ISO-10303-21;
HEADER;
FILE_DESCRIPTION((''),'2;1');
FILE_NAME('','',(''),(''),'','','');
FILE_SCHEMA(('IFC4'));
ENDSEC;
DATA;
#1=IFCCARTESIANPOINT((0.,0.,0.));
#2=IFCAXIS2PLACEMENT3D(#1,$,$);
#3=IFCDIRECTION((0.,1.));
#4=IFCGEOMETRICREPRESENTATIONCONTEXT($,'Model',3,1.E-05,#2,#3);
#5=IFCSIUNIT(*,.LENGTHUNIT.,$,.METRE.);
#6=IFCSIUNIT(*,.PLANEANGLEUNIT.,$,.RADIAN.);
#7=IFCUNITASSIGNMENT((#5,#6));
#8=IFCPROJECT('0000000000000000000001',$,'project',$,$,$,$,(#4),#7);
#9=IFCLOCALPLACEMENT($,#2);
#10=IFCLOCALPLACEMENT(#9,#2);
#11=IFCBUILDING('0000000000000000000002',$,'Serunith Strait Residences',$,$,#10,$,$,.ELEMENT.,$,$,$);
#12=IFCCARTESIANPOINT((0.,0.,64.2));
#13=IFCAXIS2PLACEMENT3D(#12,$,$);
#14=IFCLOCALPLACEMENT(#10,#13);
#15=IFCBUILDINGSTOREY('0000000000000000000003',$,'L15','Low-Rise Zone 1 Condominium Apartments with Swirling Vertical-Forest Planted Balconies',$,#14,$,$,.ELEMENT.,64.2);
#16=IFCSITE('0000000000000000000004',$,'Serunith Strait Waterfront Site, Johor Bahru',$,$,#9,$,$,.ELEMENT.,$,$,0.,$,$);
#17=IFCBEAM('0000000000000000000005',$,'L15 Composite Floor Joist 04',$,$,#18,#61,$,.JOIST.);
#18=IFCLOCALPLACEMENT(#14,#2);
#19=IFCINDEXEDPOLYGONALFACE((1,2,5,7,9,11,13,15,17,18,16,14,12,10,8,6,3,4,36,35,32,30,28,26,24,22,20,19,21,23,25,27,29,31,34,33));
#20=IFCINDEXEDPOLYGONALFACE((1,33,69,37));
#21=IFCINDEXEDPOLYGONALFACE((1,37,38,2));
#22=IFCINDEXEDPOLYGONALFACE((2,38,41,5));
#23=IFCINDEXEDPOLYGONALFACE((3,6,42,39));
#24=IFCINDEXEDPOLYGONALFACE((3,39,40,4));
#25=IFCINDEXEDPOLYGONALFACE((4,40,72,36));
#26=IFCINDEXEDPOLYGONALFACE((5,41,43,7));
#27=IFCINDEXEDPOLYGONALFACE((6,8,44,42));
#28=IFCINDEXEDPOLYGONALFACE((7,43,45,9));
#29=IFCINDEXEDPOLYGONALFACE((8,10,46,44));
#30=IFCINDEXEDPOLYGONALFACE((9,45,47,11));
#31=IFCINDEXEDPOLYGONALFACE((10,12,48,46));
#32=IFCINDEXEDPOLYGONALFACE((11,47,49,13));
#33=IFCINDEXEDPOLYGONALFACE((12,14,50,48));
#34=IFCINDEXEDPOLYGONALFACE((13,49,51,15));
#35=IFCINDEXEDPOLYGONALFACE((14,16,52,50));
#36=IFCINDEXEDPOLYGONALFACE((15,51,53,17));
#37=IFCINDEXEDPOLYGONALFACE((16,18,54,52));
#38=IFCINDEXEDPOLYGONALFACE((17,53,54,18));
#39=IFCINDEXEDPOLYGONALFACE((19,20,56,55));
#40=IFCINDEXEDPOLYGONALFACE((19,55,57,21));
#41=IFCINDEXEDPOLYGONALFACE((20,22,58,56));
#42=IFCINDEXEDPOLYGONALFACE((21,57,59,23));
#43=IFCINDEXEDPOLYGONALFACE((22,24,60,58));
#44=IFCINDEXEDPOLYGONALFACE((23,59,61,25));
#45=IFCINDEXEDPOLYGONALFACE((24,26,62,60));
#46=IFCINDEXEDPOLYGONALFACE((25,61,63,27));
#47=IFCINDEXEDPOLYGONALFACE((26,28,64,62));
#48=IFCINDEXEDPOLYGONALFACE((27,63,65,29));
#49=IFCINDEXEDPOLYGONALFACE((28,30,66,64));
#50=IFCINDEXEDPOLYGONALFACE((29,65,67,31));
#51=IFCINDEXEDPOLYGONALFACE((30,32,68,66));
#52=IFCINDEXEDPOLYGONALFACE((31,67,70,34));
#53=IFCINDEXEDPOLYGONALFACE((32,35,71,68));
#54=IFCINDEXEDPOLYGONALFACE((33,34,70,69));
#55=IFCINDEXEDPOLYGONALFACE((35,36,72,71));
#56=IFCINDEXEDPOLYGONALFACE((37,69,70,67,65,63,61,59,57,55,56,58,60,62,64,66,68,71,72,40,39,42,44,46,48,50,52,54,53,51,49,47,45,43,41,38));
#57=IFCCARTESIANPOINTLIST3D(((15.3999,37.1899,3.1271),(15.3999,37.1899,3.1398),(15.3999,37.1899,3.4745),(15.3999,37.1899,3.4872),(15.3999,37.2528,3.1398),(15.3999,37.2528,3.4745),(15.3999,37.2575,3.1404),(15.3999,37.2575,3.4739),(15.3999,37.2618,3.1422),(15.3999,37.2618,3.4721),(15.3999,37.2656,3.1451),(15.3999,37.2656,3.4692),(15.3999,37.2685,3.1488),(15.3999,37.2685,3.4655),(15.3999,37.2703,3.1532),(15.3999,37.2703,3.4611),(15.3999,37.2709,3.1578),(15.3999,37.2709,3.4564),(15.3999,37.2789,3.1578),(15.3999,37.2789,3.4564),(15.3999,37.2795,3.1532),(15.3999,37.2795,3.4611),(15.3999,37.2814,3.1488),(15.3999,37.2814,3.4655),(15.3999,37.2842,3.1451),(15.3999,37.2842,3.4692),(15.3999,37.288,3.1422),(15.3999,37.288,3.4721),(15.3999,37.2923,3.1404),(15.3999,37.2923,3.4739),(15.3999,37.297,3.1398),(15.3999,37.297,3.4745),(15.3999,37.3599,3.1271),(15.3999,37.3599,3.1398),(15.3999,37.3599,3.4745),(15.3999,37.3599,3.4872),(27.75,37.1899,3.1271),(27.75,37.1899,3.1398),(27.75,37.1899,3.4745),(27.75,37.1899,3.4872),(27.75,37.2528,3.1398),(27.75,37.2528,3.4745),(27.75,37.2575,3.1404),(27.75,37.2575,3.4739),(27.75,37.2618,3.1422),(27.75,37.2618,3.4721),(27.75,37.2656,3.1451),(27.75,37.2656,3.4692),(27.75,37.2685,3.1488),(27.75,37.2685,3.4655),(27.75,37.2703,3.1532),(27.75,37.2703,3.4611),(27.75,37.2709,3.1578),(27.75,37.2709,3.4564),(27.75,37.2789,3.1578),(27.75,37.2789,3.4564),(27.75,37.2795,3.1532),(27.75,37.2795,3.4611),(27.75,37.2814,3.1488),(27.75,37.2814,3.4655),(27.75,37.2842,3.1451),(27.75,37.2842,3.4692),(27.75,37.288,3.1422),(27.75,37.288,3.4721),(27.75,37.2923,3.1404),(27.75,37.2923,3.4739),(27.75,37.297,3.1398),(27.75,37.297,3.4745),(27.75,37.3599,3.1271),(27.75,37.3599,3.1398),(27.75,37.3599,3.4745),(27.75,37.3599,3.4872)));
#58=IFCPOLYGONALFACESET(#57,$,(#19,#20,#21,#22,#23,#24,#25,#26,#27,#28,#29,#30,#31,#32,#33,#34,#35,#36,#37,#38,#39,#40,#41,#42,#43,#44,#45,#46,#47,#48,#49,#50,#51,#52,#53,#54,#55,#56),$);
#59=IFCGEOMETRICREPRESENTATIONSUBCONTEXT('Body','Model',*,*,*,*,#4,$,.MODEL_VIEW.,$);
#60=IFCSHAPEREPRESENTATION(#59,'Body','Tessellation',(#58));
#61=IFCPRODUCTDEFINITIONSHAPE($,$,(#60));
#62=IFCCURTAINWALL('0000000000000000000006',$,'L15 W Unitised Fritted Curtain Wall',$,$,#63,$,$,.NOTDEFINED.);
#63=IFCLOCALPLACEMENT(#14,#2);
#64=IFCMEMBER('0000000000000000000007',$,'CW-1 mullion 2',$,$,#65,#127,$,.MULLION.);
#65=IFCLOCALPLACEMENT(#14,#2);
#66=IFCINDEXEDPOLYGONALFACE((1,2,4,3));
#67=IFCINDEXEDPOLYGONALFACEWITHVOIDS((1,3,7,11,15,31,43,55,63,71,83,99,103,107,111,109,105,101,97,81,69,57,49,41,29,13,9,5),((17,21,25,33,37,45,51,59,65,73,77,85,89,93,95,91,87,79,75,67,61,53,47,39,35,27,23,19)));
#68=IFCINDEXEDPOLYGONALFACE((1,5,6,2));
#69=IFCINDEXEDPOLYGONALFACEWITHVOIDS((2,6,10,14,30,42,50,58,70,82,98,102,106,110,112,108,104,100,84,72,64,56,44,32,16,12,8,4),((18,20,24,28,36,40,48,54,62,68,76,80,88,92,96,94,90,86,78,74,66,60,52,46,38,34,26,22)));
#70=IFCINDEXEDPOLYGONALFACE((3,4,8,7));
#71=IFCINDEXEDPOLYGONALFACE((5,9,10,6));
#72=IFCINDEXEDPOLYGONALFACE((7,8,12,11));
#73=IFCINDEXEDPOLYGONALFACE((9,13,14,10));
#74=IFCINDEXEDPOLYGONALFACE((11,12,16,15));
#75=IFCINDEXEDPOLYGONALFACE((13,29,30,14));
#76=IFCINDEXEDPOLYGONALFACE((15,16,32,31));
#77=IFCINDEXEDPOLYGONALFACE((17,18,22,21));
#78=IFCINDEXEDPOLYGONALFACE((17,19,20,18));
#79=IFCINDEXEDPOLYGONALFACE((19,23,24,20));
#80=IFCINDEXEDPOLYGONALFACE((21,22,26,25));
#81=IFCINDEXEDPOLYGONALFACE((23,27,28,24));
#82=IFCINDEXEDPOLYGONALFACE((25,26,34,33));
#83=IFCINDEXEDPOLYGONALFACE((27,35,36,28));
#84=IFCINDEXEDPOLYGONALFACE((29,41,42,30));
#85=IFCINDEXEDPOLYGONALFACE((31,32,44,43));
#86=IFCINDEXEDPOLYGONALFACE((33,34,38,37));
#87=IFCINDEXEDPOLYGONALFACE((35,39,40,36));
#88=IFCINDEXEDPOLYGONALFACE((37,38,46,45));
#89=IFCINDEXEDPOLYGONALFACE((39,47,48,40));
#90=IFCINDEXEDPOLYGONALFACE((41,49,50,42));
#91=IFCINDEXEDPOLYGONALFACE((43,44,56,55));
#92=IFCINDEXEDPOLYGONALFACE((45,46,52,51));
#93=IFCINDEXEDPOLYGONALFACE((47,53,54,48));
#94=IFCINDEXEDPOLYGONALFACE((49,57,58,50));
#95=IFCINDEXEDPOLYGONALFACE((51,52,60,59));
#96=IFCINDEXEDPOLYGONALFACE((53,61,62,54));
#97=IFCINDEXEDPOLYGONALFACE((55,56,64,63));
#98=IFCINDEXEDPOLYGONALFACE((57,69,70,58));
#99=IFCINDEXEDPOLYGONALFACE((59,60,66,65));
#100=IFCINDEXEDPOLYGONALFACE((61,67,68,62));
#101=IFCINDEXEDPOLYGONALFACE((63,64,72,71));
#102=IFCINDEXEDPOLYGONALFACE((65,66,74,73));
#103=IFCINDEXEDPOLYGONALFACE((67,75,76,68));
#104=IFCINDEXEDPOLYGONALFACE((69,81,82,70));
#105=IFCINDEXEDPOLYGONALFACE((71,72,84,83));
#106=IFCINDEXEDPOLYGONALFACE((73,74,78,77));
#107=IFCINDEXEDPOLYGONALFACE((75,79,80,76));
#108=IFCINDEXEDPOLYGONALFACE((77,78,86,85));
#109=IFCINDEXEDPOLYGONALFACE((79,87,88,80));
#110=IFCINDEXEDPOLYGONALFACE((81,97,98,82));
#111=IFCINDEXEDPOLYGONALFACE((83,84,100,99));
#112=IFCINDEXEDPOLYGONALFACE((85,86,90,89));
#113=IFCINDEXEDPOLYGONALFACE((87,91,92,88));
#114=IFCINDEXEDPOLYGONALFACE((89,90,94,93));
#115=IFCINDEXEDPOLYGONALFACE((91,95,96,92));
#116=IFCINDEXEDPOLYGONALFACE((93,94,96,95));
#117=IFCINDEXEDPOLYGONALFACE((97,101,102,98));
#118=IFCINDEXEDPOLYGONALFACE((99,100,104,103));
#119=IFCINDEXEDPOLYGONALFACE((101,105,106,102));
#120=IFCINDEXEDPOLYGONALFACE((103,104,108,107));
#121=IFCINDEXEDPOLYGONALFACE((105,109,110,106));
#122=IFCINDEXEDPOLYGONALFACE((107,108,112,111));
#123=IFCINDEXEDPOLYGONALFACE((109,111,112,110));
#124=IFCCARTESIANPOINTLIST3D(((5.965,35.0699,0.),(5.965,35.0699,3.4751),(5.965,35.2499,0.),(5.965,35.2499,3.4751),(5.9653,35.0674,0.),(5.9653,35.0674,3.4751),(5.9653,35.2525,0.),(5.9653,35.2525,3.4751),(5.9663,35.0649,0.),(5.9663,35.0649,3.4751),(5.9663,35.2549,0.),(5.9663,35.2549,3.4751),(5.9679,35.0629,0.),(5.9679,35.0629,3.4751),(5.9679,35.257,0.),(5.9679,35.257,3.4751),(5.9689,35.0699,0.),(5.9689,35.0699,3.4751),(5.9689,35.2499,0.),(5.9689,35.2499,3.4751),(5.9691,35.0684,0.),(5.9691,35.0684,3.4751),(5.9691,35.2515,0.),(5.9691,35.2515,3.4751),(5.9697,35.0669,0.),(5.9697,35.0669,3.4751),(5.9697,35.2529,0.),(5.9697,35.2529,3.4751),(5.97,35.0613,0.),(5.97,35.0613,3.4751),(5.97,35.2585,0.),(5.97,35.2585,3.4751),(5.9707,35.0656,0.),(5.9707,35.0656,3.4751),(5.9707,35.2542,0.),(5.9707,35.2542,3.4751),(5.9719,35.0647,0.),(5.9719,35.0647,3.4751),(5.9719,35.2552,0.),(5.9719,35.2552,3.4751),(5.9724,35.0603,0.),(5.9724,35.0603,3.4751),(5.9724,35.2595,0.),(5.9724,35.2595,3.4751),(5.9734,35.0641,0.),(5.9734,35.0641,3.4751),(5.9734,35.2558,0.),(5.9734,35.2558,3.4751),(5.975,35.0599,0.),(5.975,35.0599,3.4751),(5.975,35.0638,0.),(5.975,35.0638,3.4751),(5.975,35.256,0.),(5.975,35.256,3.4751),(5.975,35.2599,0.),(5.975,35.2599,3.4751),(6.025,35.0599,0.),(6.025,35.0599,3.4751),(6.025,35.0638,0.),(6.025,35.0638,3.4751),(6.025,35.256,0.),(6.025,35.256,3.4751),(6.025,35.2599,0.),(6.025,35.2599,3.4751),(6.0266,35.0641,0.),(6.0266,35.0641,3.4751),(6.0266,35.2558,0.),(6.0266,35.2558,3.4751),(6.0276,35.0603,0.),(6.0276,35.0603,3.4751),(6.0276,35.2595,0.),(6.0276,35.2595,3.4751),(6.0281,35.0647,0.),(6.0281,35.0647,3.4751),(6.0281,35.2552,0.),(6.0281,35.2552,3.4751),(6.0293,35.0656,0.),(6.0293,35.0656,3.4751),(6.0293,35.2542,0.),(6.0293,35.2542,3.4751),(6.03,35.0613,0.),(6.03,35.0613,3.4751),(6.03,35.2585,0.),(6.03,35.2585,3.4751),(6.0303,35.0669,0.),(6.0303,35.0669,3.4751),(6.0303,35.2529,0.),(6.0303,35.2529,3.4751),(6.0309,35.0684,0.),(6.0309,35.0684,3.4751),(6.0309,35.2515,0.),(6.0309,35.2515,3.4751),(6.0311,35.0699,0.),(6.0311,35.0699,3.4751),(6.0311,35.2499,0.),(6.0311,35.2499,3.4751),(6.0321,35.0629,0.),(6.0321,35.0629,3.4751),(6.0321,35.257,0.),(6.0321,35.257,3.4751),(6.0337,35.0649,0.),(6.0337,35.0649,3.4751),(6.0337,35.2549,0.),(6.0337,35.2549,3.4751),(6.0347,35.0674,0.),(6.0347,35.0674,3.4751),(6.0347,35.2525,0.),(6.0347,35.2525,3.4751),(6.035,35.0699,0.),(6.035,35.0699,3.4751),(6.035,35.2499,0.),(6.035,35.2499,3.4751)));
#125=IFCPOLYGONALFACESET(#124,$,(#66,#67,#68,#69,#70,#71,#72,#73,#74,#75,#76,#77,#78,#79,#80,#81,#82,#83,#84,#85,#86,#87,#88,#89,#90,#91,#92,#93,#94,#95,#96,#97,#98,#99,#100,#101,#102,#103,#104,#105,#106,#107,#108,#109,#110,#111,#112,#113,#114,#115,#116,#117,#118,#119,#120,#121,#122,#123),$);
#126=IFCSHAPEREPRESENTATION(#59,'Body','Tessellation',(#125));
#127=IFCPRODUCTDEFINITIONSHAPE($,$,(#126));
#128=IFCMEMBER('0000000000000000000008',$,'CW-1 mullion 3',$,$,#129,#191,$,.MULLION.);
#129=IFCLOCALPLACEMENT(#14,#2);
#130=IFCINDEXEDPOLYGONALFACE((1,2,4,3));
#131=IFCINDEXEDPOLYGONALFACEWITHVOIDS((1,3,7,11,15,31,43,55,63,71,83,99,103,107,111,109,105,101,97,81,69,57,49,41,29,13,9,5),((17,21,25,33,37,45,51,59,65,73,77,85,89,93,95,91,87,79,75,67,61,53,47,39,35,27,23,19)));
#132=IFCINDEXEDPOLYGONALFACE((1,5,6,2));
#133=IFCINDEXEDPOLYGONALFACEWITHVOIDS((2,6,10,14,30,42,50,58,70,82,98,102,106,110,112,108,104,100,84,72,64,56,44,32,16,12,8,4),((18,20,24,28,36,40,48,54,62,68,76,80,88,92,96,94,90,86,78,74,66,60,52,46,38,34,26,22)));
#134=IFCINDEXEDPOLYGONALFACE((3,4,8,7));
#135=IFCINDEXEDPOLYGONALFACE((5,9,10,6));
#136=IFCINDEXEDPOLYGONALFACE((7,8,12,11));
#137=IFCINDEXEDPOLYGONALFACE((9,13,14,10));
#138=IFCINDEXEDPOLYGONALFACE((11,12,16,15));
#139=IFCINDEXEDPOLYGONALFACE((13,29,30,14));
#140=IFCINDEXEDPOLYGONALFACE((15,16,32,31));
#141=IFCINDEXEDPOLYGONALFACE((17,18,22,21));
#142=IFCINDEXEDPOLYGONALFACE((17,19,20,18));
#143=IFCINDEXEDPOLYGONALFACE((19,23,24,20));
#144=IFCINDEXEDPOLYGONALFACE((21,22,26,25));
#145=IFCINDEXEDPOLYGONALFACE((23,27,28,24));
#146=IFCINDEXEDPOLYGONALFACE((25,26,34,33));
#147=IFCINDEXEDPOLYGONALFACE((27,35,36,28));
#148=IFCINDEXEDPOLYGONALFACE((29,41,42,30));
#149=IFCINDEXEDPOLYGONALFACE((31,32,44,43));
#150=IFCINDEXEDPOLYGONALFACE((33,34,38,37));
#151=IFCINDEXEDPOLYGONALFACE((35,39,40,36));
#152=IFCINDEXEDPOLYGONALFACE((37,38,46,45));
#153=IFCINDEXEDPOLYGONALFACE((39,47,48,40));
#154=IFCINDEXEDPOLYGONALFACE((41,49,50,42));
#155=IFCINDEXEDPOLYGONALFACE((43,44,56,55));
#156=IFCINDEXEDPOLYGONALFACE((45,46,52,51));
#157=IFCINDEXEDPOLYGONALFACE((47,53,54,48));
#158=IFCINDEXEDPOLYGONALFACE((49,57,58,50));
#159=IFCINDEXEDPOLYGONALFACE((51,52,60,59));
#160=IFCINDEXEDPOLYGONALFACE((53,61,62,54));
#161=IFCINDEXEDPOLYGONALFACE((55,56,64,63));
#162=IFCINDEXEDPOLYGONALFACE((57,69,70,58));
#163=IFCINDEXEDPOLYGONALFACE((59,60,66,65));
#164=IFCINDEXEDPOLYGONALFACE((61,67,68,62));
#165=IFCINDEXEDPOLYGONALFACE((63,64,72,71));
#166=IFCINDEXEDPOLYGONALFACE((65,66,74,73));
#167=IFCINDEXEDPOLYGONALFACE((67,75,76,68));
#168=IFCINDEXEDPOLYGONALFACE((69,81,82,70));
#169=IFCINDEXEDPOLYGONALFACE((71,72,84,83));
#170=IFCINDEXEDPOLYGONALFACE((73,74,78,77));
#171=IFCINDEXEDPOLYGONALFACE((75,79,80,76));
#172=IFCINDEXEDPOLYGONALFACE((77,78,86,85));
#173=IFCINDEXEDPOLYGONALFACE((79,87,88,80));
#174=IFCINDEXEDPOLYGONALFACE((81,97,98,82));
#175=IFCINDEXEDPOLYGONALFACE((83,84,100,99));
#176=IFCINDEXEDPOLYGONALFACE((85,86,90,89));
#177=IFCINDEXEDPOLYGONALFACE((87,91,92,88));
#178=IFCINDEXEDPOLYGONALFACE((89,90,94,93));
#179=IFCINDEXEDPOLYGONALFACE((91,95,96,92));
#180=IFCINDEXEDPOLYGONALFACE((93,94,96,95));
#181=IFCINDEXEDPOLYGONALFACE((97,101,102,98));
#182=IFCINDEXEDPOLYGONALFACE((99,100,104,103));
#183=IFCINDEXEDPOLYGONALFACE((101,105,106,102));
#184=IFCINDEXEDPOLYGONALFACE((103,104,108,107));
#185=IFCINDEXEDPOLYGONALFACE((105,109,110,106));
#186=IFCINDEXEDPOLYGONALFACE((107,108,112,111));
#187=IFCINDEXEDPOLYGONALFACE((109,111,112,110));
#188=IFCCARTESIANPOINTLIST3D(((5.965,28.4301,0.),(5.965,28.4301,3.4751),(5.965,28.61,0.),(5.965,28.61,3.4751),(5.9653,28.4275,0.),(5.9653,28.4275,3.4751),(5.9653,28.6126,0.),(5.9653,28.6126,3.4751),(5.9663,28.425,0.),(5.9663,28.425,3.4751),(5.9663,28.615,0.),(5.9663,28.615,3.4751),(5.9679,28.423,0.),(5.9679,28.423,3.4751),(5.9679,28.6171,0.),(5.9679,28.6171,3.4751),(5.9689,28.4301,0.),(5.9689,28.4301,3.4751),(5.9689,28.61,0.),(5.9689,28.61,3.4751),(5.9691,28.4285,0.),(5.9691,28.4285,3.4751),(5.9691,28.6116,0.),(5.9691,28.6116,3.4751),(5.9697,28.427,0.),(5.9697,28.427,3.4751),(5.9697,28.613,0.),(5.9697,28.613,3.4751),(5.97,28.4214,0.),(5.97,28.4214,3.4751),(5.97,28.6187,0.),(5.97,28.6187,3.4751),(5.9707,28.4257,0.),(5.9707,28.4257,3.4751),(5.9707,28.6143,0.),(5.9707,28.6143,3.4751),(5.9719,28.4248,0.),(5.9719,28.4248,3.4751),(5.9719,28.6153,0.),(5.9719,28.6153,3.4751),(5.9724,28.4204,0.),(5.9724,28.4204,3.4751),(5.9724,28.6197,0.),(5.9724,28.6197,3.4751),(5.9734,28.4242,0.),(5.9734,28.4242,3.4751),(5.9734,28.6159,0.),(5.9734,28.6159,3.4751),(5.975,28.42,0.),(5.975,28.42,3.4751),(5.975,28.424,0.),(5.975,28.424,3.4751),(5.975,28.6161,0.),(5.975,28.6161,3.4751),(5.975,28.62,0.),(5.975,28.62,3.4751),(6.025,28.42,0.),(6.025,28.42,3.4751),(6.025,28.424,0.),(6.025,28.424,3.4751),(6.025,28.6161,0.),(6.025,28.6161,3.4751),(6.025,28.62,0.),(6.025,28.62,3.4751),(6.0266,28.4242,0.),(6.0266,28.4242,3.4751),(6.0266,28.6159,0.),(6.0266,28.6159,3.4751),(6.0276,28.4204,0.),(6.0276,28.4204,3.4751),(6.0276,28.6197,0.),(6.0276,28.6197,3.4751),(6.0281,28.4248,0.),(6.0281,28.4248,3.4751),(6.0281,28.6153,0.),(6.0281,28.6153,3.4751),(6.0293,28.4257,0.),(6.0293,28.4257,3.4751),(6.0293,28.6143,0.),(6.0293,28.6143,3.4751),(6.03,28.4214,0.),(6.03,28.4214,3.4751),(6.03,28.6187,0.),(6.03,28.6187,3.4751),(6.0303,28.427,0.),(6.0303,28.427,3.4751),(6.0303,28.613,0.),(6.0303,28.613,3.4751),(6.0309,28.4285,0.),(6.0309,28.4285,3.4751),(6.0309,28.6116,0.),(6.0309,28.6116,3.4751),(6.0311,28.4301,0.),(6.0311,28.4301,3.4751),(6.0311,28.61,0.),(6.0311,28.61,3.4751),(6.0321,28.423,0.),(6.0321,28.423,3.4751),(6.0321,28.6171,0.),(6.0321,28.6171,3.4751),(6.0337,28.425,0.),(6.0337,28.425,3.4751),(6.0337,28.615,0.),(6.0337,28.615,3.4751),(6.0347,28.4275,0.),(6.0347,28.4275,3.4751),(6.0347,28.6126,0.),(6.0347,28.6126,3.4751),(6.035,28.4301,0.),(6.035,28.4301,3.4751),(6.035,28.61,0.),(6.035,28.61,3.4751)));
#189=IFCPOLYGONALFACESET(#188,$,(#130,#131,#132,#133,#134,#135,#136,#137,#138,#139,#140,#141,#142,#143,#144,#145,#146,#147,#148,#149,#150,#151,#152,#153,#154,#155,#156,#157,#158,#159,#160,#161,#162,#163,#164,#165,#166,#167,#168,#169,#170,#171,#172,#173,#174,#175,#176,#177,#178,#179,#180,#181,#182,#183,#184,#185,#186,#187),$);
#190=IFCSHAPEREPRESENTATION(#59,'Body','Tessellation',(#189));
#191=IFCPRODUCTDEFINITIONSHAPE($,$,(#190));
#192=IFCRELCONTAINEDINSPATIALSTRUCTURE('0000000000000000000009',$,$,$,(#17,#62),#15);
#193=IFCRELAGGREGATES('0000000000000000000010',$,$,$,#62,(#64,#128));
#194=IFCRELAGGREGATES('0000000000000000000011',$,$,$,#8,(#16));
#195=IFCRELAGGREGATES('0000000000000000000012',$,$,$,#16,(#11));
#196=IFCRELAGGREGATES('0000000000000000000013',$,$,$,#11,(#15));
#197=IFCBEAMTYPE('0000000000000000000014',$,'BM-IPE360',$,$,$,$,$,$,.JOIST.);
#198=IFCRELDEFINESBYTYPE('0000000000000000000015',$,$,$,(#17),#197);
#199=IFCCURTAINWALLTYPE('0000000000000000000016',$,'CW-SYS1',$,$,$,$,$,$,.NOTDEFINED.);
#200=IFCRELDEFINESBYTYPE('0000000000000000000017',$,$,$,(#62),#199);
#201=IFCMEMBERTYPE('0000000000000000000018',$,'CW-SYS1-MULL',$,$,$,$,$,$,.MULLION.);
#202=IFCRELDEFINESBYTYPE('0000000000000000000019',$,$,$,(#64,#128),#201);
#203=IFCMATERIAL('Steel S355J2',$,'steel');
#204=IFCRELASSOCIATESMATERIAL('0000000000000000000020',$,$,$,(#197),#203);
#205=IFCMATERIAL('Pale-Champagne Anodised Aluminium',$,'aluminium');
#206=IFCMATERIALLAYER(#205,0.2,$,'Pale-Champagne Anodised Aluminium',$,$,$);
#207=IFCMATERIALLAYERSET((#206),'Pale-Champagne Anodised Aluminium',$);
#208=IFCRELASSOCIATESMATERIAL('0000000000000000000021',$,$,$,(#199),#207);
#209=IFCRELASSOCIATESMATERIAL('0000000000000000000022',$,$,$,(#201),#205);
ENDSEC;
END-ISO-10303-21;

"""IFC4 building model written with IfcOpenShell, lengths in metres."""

from ifc_helpers import new_model, si_unit, direction, frame, origin, origin_2d, place, context, subcontext, project, spatial, hollow_rectangle, i_section, extrude, source, transform, mapped, material, layer, layer_set, material_profile, profile_set, type_object, element, aggregate, save


model = new_model("IFC4")

# Units and contexts
model_context = context("Model", 3, precision=1e-05, world=origin(), true_north=direction((0.0, 1.0)))
body_context = subcontext(model_context, "Body", "Model", "MODEL_VIEW")
ifc_project = project(units=[si_unit("LENGTHUNIT", "METRE"), si_unit("PLANEANGLEUNIT", "RADIAN")], contexts=[model_context])

# Site, building, storey
site_placement = place(None, origin())
site = spatial("IfcSite", under=ifc_project, at=site_placement, Name="Serunith Strait Waterfront Site, Johor Bahru", CompositionType="ELEMENT", RefElevation=0.0)
building_placement = place(site_placement, origin())
building = spatial("IfcBuilding", under=site, at=building_placement, Name="Serunith Strait Residences", CompositionType="ELEMENT")
storey_placement = place(building_placement, frame((0.0, 0.0, 64.2)))
storey = spatial("IfcBuildingStorey", under=building, at=storey_placement, Name="L15", Description="Low-Rise Zone 1 Condominium Apartments with Swirling Vertical-Forest Planted Balconies", CompositionType="ELEMENT", Elevation=64.2)

# Beam
ifc_material_1 = material(Name="Steel S355J2", Category="steel")
ifc_material_profile_1 = material_profile(ifc_material_1, i_section(OverallWidth=0.1699, OverallDepth=0.3601, WebThickness=0.0081, FlangeThickness=0.0127, FilletRadius=0.0181, at=origin_2d()), Name="IPE 360")
ifc_profile_set_1 = profile_set([ifc_material_profile_1], Name="Steel S355J2")
beam_type_1 = type_object("IfcBeamType", Name="BM-IPE360", PredefinedType="JOIST", material=ifc_profile_set_1)
shared_shape_1 = source(origin(), body_context, "Body", "SweptSolid", [
    extrude(i_section(OverallWidth=0.1699, OverallDepth=0.3601, WebThickness=0.0081, FlangeThickness=0.0127, FilletRadius=0.0181, at=origin_2d()), origin(), (0.0, 0.0, 1.0), 12.3501),
])
beam_1_placement = place(storey_placement, frame((15.3999, 37.2749, 3.3071), z_axis=(1.0, 0.0, 0.0), x_axis=(0.0, 1.0, 0.0)))
element("IfcBeam", 1, at=beam_1_placement, inside=storey, type_object=beam_type_1, Name="L15 Composite Floor Joist 04", PredefinedType="JOIST", context=body_context, shape_type="MappedRepresentation", body=[
    mapped(shared_shape_1, transform((0.0, 0.0, 0.0), scale=1.0)),
])

# Curtain wall, members
ifc_material_2 = material(Name="Pale-Champagne Anodised Aluminium", Category="aluminium")
ifc_layer_1 = layer(ifc_material_2, 0.2, Name="Pale-Champagne Anodised Aluminium")
ifc_layer_set_1 = layer_set([ifc_layer_1], Name="Pale-Champagne Anodised Aluminium")
curtain_wall_type = type_object("IfcCurtainWallType", Name="CW-SYS1", PredefinedType="NOTDEFINED", material=ifc_layer_set_1)
curtain_wall_placement = place(storey_placement, origin())
curtain_wall = element("IfcCurtainWall", 2, at=curtain_wall_placement, inside=storey, type_object=curtain_wall_type, Name="L15 W Unitised Fritted Curtain Wall", PredefinedType="NOTDEFINED")
ifc_material_profile_2 = material_profile(ifc_material_2, hollow_rectangle(XDim=0.0701, YDim=0.2, WallThickness=0.0039, InnerFilletRadius=0.0061, OuterFilletRadius=0.01, at=origin_2d()), Name="ALU 200x70x4")
ifc_profile_set_2 = profile_set([ifc_material_profile_2], Name="Pale-Champagne Anodised Aluminium")
member_type_1 = type_object("IfcMemberType", Name="CW-SYS1-MULL", PredefinedType="MULLION", material=ifc_profile_set_2)
shared_shape_2 = source(origin(), body_context, "Body", "SweptSolid", [
    extrude(hollow_rectangle(XDim=0.0701, YDim=0.2, WallThickness=0.0039, InnerFilletRadius=0.0061, OuterFilletRadius=0.01, at=origin_2d()), origin(), (0.0, 0.0, 1.0), 3.4751),
])
member_1_placement = place(storey_placement, frame((6.0, 35.1599, 0.0), z_axis=(0.0, 0.0, 1.0), x_axis=(1.0, 0.0, 0.0)))
member_1 = element("IfcMember", 3, at=member_1_placement, type_object=member_type_1, Name="CW-1 mullion 2", PredefinedType="MULLION", context=body_context, shape_type="MappedRepresentation", body=[
    mapped(shared_shape_2, transform((0.0, 0.0, 0.0), scale=1.0)),
])
member_2_placement = place(storey_placement, frame((6.0, 28.52, 0.0), z_axis=(0.0, 0.0, 1.0), x_axis=(1.0, 0.0, 0.0)))
member_2 = element("IfcMember", 4, at=member_2_placement, type_object=member_type_1, Name="CW-1 mullion 3", PredefinedType="MULLION", context=body_context, shape_type="MappedRepresentation", body=[
    mapped(shared_shape_2, transform((0.0, 0.0, 0.0), scale=1.0)),
])
aggregate(curtain_wall, [member_1, member_2])

save(model, "model.ifc")
